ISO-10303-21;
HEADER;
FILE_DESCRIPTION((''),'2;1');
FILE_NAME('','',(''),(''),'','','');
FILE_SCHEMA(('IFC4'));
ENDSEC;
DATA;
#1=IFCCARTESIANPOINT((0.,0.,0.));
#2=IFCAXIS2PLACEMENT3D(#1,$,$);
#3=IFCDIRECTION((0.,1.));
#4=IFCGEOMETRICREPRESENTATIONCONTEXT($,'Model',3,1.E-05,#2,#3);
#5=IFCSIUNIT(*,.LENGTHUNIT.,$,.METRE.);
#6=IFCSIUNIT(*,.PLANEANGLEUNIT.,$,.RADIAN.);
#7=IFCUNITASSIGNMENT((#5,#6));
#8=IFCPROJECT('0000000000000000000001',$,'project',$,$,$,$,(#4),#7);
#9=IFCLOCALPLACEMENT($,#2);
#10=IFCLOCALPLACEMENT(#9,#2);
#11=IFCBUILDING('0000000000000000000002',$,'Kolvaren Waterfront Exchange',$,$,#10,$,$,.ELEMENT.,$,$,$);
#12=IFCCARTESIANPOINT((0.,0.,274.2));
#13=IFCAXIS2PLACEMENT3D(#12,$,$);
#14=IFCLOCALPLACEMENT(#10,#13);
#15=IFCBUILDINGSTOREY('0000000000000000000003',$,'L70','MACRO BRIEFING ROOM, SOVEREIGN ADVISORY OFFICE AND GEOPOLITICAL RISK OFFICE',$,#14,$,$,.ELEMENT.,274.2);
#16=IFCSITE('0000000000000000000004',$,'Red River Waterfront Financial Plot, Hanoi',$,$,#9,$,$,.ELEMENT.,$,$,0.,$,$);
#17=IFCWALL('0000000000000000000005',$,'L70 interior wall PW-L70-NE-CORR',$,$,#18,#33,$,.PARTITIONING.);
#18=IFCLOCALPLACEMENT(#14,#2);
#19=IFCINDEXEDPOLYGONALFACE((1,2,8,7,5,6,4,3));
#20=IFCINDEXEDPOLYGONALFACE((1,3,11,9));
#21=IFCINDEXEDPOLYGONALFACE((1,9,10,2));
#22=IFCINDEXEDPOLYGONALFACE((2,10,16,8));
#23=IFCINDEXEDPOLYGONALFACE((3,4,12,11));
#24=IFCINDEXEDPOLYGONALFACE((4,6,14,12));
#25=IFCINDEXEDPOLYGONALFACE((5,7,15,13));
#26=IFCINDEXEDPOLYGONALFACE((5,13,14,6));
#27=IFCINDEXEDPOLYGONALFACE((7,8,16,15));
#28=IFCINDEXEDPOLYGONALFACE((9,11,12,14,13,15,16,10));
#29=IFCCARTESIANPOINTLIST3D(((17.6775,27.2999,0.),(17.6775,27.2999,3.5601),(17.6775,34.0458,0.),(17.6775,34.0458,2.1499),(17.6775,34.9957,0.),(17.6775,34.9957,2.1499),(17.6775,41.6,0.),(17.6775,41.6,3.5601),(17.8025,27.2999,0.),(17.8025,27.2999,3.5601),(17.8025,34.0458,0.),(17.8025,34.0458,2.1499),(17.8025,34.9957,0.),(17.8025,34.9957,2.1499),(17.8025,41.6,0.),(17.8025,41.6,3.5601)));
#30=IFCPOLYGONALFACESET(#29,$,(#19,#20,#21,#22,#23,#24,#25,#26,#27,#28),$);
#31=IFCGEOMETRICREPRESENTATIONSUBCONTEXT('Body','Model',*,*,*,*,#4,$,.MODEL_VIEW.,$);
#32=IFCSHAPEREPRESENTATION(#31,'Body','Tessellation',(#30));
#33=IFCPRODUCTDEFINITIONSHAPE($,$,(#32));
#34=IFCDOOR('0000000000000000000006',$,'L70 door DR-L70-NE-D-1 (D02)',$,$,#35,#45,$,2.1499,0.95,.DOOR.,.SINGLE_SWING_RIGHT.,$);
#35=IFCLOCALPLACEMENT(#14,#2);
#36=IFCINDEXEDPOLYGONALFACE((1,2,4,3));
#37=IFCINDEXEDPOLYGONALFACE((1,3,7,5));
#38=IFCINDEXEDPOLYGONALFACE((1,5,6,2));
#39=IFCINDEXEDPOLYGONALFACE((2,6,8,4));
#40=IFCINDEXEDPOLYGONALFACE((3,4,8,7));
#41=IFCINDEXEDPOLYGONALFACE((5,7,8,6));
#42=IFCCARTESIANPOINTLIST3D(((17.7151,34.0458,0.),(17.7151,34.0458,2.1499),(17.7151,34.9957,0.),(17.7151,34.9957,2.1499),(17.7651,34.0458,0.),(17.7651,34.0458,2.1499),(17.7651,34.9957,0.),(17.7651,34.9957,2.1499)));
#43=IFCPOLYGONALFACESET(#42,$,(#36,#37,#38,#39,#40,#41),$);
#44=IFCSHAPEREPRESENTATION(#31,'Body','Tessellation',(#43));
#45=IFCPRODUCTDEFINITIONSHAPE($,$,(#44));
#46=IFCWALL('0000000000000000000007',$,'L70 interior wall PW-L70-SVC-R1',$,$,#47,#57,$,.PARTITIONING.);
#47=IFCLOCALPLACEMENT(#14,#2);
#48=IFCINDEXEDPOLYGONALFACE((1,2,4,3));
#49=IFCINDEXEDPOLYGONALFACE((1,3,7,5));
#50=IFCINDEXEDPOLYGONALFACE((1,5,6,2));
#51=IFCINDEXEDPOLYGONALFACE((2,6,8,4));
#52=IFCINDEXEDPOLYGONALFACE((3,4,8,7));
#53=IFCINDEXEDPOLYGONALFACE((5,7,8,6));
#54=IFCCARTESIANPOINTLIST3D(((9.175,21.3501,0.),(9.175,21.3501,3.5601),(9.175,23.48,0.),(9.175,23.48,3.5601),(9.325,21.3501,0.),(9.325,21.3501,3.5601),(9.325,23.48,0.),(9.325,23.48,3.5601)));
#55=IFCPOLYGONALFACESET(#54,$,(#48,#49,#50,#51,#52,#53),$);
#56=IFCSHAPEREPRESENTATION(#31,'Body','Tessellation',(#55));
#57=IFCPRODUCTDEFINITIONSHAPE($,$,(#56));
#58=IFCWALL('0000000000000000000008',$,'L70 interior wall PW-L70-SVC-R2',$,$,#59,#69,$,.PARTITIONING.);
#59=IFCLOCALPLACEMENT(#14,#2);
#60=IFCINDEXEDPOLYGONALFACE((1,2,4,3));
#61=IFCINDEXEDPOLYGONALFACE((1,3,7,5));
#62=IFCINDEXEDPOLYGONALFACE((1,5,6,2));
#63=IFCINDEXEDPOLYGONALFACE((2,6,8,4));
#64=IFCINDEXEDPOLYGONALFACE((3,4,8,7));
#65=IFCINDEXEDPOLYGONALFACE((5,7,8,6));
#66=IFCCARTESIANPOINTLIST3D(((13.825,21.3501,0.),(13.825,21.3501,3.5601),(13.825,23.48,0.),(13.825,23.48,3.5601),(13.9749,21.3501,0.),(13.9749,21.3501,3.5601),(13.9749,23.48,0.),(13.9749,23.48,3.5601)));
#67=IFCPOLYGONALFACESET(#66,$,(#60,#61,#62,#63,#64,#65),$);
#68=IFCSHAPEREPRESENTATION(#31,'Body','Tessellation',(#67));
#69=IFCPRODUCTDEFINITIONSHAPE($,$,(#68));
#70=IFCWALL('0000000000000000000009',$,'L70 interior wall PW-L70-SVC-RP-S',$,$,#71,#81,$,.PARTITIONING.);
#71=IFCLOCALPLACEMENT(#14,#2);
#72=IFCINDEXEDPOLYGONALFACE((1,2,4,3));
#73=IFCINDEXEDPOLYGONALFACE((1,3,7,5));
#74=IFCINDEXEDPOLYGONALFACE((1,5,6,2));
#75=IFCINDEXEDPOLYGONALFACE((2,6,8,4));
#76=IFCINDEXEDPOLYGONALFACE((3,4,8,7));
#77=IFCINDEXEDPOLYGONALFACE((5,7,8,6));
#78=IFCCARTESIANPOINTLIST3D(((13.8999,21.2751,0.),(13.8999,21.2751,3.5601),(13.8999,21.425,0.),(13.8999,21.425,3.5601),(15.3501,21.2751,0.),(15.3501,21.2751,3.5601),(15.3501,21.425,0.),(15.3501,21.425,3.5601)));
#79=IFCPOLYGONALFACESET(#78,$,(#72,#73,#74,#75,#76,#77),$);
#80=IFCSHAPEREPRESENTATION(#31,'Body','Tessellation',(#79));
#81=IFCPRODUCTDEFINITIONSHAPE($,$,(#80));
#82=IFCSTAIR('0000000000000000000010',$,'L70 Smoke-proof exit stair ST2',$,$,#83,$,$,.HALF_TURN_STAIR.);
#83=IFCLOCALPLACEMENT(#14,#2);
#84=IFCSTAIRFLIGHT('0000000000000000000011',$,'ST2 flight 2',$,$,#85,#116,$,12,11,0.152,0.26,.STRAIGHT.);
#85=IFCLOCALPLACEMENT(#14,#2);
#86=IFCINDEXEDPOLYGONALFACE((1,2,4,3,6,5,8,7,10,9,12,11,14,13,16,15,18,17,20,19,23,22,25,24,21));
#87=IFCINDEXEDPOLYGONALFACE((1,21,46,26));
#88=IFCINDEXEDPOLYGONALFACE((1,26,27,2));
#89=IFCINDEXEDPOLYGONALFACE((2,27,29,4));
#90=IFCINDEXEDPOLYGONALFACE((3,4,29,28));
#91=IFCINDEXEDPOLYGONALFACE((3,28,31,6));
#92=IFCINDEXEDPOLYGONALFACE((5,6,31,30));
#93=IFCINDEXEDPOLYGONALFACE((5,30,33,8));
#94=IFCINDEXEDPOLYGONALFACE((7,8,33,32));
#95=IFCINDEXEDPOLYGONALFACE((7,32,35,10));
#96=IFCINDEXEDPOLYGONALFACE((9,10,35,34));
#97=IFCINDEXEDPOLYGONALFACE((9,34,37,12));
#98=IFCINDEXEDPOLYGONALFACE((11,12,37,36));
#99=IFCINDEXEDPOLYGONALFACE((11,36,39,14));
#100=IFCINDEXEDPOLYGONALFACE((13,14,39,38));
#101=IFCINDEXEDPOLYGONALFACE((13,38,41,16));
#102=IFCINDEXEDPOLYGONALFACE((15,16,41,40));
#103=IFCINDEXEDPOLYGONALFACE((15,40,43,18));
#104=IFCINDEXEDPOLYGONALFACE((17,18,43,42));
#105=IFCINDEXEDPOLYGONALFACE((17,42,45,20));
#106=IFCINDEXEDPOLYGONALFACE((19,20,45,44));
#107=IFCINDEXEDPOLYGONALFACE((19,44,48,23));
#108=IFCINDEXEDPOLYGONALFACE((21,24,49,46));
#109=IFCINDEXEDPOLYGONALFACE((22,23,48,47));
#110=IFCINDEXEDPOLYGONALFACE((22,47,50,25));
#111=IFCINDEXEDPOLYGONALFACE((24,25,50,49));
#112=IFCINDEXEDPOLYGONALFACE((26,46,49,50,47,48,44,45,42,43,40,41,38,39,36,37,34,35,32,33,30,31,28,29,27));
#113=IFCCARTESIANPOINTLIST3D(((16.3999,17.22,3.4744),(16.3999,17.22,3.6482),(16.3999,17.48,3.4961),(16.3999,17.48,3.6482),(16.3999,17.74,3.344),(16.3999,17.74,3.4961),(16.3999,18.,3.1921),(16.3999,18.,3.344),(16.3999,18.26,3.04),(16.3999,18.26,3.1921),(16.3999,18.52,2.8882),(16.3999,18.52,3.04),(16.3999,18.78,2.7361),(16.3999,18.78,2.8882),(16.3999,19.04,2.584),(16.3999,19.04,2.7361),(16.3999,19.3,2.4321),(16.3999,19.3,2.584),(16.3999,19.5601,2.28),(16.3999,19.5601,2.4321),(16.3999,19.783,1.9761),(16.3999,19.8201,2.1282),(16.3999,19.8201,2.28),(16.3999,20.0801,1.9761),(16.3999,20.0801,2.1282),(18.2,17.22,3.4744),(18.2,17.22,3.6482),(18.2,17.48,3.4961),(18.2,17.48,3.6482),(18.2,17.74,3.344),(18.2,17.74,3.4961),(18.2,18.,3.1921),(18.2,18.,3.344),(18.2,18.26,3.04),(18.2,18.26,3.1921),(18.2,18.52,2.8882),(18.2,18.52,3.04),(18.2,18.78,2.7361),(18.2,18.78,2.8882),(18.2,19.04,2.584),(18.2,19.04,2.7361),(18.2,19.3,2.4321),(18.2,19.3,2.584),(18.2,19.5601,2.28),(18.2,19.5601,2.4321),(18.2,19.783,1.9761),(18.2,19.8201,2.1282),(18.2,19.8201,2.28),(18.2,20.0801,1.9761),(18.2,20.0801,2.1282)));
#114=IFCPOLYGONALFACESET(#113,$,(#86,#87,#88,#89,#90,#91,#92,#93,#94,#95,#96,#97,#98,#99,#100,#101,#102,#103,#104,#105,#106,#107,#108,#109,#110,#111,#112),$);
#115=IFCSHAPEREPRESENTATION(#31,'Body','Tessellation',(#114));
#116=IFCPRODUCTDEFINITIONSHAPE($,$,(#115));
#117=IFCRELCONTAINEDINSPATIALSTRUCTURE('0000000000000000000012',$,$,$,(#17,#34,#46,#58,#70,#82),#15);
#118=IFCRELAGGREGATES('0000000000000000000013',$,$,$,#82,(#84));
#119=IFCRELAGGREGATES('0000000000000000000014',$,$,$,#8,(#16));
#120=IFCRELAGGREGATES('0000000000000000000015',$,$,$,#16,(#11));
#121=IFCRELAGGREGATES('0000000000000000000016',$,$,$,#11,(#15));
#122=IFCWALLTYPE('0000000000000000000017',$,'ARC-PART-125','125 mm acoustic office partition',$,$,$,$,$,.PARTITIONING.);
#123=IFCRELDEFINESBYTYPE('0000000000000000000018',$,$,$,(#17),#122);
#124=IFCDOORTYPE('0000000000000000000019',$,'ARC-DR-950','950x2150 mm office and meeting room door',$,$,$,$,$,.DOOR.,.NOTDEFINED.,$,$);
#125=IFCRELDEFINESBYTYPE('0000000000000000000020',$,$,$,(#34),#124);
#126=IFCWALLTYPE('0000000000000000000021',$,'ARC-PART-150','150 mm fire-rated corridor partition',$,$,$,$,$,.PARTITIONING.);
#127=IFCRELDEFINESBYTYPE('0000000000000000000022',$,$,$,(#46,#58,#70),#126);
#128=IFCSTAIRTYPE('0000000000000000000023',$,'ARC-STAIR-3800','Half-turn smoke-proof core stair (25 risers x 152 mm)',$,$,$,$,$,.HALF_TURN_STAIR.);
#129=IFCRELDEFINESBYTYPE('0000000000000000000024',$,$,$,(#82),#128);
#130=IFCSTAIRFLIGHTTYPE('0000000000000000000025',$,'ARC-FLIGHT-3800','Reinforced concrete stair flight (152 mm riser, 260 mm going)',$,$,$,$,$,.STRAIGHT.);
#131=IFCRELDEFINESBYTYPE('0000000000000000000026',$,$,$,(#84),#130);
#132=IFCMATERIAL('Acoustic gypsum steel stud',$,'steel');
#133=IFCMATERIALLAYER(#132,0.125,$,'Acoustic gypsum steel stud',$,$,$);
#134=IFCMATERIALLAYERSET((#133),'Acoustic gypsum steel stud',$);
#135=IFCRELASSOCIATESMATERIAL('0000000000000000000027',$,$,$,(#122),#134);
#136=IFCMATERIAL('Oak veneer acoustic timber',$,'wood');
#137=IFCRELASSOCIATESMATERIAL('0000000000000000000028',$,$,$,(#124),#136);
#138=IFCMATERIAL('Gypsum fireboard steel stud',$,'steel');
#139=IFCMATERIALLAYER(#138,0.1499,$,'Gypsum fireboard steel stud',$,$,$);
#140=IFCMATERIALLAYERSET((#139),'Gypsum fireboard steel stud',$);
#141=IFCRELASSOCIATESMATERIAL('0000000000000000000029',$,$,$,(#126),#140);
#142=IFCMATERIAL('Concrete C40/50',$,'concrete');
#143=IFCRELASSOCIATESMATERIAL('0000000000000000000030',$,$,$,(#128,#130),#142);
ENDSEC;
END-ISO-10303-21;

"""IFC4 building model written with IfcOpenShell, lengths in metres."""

from ifc_helpers import new_model, si_unit, direction, frame, frame_2d, origin, place, context, subcontext, project, spatial, polyline, rectangle, outline, extrude, material, layer, layer_set, type_object, element, fill, aggregate, save


model = new_model("IFC4")

# Units and contexts
model_context = context("Model", 3, precision=1e-05, world=origin(), true_north=direction((0.0, 1.0)))
body_context = subcontext(model_context, "Body", "Model", "MODEL_VIEW")
ifc_project = project(units=[si_unit("LENGTHUNIT", "METRE"), si_unit("PLANEANGLEUNIT", "RADIAN")], contexts=[model_context])

# Site, building, storey
site_placement = place(None, origin())
site = spatial("IfcSite", under=ifc_project, at=site_placement, Name="Red River Waterfront Financial Plot, Hanoi", CompositionType="ELEMENT", RefElevation=0.0)
building_placement = place(site_placement, origin())
building = spatial("IfcBuilding", under=site, at=building_placement, Name="Kolvaren Waterfront Exchange", CompositionType="ELEMENT")
storey_placement = place(building_placement, frame((0.0, 0.0, 274.2)))
storey = spatial("IfcBuildingStorey", under=building, at=storey_placement, Name="L70", Description="MACRO BRIEFING ROOM, SOVEREIGN ADVISORY OFFICE AND GEOPOLITICAL RISK OFFICE", CompositionType="ELEMENT", Elevation=274.2)

# Shared definitions
ifc_material_1 = material(Name="Acoustic gypsum steel stud", Category="steel")
ifc_layer_1 = layer(ifc_material_1, 0.125, Name="Acoustic gypsum steel stud")
ifc_layer_set_1 = layer_set([ifc_layer_1], Name="Acoustic gypsum steel stud")
wall_type_1 = type_object("IfcWallType", Name="ARC-PART-125", Description="125 mm acoustic office partition", PredefinedType="PARTITIONING", material=ifc_layer_set_1)

# Shared definitions
ifc_material_2 = material(Name="Oak veneer acoustic timber", Category="wood")
door_type_1 = type_object("IfcDoorType", Name="ARC-DR-950", Description="950x2150 mm office and meeting room door", OperationType="NOTDEFINED", PredefinedType="DOOR", material=ifc_material_2)

# Wall, opening, door
wall_1_placement = place(storey_placement, frame((17.74, 27.3, 0.0), z_axis=(0.0, 0.0, 1.0), x_axis=(0.0, 1.0, 0.0)))
wall_1 = element("IfcWall", 1, at=wall_1_placement, inside=storey, type_object=wall_type_1, Name="L70 interior wall PW-L70-NE-CORR", PredefinedType="PARTITIONING", context=body_context, shape_type="SweptSolid", body=[
    extrude(rectangle(XDim=14.3, YDim=0.125, at=frame_2d((7.1499, 0.0))), origin(), (0.0, 0.0, 1.0), 3.5601),
])
opening_1_placement = place(wall_1_placement, frame((6.7456, 0.0, 0.0)))
opening_1 = element("IfcOpeningElement", 2, at=opening_1_placement, cuts=wall_1, PredefinedType="OPENING", context=body_context, shape_type="SweptSolid", body=[
    extrude(rectangle(XDim=0.95, YDim=2.1499, at=frame_2d((0.4751, 1.075))), frame((0.0, 0.0725, 0.0), z_axis=(0.0, -1.0, 0.0), x_axis=(1.0, 0.0, 0.0)), (0.0, 0.0, 1.0), 0.145),
])
door_1_placement = place(opening_1_placement, origin())
door_1 = element("IfcDoor", 3, at=door_1_placement, inside=storey, type_object=door_type_1, Name="L70 door DR-L70-NE-D-1 (D02)", OperationType="SINGLE_SWING_RIGHT", OverallHeight=2.1499, OverallWidth=0.95, PredefinedType="DOOR", context=body_context, shape_type="SweptSolid", body=[
    extrude(rectangle(XDim=0.95, YDim=2.1499, at=frame_2d((0.4751, 1.075))), frame((0.0, 0.0249, 0.0), z_axis=(0.0, -1.0, 0.0), x_axis=(1.0, 0.0, 0.0)), (0.0, 0.0, 1.0), 0.05),
])
fill(opening_1, door_1)

# Walls
ifc_material_3 = material(Name="Gypsum fireboard steel stud", Category="steel")
ifc_layer_2 = layer(ifc_material_3, 0.1499, Name="Gypsum fireboard steel stud")
ifc_layer_set_2 = layer_set([ifc_layer_2], Name="Gypsum fireboard steel stud")
wall_type_2 = type_object("IfcWallType", Name="ARC-PART-150", Description="150 mm fire-rated corridor partition", PredefinedType="PARTITIONING", material=ifc_layer_set_2)
for number, where, z_axis, x_axis, name in (
    (4, (9.25, 21.3501, 0.0), (0.0, 0.0, 1.0), (0.0, 1.0, 0.0), "L70 interior wall PW-L70-SVC-R1"),
    (5, (13.8999, 21.3501, 0.0), (0.0, 0.0, 1.0), (0.0, 1.0, 0.0), "L70 interior wall PW-L70-SVC-R2"),
):
    element("IfcWall", number, at=place(storey_placement, frame(where, z_axis=z_axis, x_axis=x_axis)), inside=storey, type_object=wall_type_2, Name=name, PredefinedType="PARTITIONING", context=body_context, shape_type="SweptSolid", body=[
        extrude(rectangle(XDim=2.1299, YDim=0.1499, at=frame_2d((1.0649, 0.0))), origin(), (0.0, 0.0, 1.0), 3.5601),
    ])
wall_2_placement = place(storey_placement, frame((13.8999, 21.3501, 0.0), z_axis=(0.0, 0.0, 1.0), x_axis=(1.0, 0.0, 0.0)))
element("IfcWall", 6, at=wall_2_placement, inside=storey, type_object=wall_type_2, Name="L70 interior wall PW-L70-SVC-RP-S", PredefinedType="PARTITIONING", context=body_context, shape_type="SweptSolid", body=[
    extrude(rectangle(XDim=1.4502, YDim=0.1499, at=frame_2d((0.7251, 0.0))), origin(), (0.0, 0.0, 1.0), 3.5601),
])

# Stair, stair flight
ifc_material_4 = material(Name="Concrete C40/50", Category="concrete")
stair_type = type_object("IfcStairType", Name="ARC-STAIR-3800", Description="Half-turn smoke-proof core stair (25 risers x 152 mm)", PredefinedType="HALF_TURN_STAIR", material=ifc_material_4)
stair_placement = place(storey_placement, origin())
stair = element("IfcStair", 7, at=stair_placement, inside=storey, type_object=stair_type, Name="L70 Smoke-proof exit stair ST2", PredefinedType="HALF_TURN_STAIR")
stair_flight_type = type_object("IfcStairFlightType", Name="ARC-FLIGHT-3800", Description="Reinforced concrete stair flight (152 mm riser, 260 mm going)", PredefinedType="STRAIGHT", material=ifc_material_4)
stair_flight_placement = place(storey_placement, frame((17.3, 20.0801, 1.9761), z_axis=(0.0, 0.0, 1.0), x_axis=(0.0, -1.0, 0.0)))
stair_flight = element("IfcStairFlight", 8, at=stair_flight_placement, type_object=stair_flight_type, Name="ST2 flight 2", NumberOfRisers=12, NumberOfTreads=11, PredefinedType="STRAIGHT", RiserHeight=0.152, TreadLength=0.26, context=body_context, shape_type="SweptSolid", body=[
    extrude(outline(polyline([(0.0, 0.0), (0.0, 0.1521), (0.26, 0.1521), (0.26, 0.304), (0.52, 0.304), (0.52, 0.4561), (0.78, 0.4561), (0.78, 0.6079), (1.04, 0.6079), (1.04, 0.76), (1.3, 0.76), (1.3, 0.9121), (1.5601, 0.9121), (1.5601, 1.064), (1.8201, 1.064), (1.8201, 1.2161), (2.0801, 1.2161), (2.0801, 1.3679), (2.3401, 1.3679), (2.3401, 1.52), (2.6001, 1.52), (2.6001, 1.6721), (2.8601, 1.6721), (2.8601, 1.824), (2.8601, 1.4983), (0.2971, 0.0), (0.0, 0.0)])), frame((0.0, 0.8999, 0.0), z_axis=(0.0, -1.0, 0.0), x_axis=(1.0, 0.0, 0.0)), (0.0, 0.0, 1.0), 1.8),
])
aggregate(stair, [stair_flight])

save(model, "model.ifc")
